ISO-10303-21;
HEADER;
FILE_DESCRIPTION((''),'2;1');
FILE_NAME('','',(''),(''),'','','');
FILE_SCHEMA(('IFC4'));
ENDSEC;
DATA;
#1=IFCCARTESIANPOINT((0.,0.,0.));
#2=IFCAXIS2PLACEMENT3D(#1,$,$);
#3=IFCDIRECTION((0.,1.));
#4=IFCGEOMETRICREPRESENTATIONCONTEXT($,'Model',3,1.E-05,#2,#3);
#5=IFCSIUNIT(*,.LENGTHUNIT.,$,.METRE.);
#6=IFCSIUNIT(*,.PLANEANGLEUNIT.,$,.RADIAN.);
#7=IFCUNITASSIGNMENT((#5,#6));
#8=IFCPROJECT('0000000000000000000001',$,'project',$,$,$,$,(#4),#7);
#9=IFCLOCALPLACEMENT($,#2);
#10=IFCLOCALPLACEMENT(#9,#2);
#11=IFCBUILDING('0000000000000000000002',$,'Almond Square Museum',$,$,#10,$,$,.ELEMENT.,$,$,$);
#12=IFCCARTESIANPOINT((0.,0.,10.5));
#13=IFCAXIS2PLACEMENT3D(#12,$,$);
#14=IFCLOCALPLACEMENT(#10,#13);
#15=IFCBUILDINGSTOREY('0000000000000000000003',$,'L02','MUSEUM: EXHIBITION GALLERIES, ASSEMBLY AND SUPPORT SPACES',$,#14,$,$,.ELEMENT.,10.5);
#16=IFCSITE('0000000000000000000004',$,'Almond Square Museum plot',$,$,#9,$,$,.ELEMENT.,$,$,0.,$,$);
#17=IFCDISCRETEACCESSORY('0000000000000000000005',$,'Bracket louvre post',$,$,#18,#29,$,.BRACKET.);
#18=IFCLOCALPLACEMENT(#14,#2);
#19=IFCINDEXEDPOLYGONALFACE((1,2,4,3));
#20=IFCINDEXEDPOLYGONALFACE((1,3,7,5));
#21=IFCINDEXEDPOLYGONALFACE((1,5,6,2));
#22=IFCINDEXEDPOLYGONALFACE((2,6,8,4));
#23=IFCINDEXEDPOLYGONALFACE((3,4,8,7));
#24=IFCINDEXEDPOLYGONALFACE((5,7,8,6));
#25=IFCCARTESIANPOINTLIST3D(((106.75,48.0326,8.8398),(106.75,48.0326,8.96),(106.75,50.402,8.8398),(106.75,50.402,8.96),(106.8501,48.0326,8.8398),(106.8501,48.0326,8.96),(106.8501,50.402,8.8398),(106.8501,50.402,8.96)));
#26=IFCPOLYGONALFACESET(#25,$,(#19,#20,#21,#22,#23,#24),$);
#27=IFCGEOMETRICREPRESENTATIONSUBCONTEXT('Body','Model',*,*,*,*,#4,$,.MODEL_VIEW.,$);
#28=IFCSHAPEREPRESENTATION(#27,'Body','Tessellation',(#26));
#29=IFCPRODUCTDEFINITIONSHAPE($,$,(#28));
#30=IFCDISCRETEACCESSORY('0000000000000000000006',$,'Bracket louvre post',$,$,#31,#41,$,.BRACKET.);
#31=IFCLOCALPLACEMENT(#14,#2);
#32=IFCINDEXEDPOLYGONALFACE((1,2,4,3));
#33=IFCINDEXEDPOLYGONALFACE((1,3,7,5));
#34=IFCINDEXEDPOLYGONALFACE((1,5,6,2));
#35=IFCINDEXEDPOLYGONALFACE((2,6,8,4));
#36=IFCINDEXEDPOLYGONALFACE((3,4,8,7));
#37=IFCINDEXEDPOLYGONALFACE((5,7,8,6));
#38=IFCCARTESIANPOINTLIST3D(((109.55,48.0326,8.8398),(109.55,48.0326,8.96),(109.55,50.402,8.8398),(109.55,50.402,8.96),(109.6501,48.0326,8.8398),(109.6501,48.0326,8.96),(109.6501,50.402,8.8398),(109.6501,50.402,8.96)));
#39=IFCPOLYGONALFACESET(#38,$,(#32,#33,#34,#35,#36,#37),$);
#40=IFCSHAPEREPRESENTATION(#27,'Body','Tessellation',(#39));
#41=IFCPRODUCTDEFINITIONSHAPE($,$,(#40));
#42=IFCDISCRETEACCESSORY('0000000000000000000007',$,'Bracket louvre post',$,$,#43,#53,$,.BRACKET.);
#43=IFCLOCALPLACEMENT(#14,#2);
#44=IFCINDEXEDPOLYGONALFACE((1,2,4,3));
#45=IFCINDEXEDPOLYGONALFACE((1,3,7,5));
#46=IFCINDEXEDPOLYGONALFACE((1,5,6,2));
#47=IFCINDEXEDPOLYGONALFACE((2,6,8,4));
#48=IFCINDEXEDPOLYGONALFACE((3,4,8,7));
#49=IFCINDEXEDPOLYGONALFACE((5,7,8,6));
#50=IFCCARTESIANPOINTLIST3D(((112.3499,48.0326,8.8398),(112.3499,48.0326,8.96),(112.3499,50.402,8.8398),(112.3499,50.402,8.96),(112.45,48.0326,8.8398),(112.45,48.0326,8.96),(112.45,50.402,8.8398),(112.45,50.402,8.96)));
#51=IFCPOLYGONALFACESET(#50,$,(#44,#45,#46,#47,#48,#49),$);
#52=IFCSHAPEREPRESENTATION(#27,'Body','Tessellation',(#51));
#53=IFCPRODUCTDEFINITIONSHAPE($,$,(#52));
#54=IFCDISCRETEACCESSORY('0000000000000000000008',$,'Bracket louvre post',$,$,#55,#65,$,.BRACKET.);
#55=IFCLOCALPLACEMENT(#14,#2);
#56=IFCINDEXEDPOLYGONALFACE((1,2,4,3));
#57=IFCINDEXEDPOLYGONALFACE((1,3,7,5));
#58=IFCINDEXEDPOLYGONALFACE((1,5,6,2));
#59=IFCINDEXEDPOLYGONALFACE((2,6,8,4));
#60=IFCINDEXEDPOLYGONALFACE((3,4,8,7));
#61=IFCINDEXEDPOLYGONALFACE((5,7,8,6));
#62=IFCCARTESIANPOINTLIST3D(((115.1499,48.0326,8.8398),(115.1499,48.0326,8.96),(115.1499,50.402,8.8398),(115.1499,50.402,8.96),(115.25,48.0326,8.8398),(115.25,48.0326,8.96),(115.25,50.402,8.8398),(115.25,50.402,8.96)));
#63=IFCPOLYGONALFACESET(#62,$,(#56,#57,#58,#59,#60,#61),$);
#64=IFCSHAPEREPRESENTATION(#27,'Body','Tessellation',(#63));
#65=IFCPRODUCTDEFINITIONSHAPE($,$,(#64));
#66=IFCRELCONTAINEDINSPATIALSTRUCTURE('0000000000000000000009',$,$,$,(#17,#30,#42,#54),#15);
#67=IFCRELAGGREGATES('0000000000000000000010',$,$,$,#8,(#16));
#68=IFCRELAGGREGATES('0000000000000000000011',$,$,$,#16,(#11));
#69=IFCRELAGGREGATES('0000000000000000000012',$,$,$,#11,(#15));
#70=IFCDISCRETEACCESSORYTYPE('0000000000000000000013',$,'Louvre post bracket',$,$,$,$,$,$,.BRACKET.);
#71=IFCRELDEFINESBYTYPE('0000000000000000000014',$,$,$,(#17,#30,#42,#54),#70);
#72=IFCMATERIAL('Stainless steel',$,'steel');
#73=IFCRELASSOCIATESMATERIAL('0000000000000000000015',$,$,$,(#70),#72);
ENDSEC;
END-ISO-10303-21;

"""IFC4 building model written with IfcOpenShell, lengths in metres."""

from ifc_helpers import new_model, si_unit, direction, frame, origin, origin_2d, place, context, subcontext, project, spatial, rectangle, extrude, material, type_object, element, save


model = new_model("IFC4")

# Units and contexts
model_context = context("Model", 3, precision=1e-05, world=origin(), true_north=direction((0.0, 1.0)))
body_context = subcontext(model_context, "Body", "Model", "MODEL_VIEW")
ifc_project = project(units=[si_unit("LENGTHUNIT", "METRE"), si_unit("PLANEANGLEUNIT", "RADIAN")], contexts=[model_context])

# Site, building, storey
site_placement = place(None, origin())
site = spatial("IfcSite", under=ifc_project, at=site_placement, Name="Almond Square Museum plot", CompositionType="ELEMENT", RefElevation=0.0)
building_placement = place(site_placement, origin())
building = spatial("IfcBuilding", under=site, at=building_placement, Name="Almond Square Museum", CompositionType="ELEMENT")
storey_placement = place(building_placement, frame((0.0, 0.0, 10.5)))
storey = spatial("IfcBuildingStorey", under=building, at=storey_placement, Name="L02", Description="MUSEUM: EXHIBITION GALLERIES, ASSEMBLY AND SUPPORT SPACES", CompositionType="ELEMENT", Elevation=10.5)

# Discrete accessories
ifc_material_1 = material(Name="Stainless steel", Category="steel")
discrete_accessory_type = type_object("IfcDiscreteAccessoryType", Name="Louvre post bracket", PredefinedType="BRACKET", material=ifc_material_1)
for number, where, z_axis, x_axis, name in (
    (1, (106.8, 49.2173, 8.8398), (0.0, 0.0, 1.0), (1.0, 0.0, 0.0), "Bracket louvre post"),
    (2, (109.6001, 49.2173, 8.8398), (0.0, 0.0, 1.0), (1.0, 0.0, 0.0), "Bracket louvre post"),
    (3, (112.3999, 49.2173, 8.8398), (0.0, 0.0, 1.0), (1.0, 0.0, 0.0), "Bracket louvre post"),
    (4, (115.2, 49.2173, 8.8398), (0.0, 0.0, 1.0), (1.0, 0.0, 0.0), "Bracket louvre post"),
):
    element("IfcDiscreteAccessory", number, at=place(storey_placement, frame(where, z_axis=z_axis, x_axis=x_axis)), inside=storey, type_object=discrete_accessory_type, Name=name, PredefinedType="BRACKET", context=body_context, shape_type="SweptSolid", body=[
        extrude(rectangle(XDim=0.1001, YDim=2.3694, at=origin_2d()), origin(), (0.0, 0.0, 1.0), 0.1201),
    ])

save(model, "model.ifc")
